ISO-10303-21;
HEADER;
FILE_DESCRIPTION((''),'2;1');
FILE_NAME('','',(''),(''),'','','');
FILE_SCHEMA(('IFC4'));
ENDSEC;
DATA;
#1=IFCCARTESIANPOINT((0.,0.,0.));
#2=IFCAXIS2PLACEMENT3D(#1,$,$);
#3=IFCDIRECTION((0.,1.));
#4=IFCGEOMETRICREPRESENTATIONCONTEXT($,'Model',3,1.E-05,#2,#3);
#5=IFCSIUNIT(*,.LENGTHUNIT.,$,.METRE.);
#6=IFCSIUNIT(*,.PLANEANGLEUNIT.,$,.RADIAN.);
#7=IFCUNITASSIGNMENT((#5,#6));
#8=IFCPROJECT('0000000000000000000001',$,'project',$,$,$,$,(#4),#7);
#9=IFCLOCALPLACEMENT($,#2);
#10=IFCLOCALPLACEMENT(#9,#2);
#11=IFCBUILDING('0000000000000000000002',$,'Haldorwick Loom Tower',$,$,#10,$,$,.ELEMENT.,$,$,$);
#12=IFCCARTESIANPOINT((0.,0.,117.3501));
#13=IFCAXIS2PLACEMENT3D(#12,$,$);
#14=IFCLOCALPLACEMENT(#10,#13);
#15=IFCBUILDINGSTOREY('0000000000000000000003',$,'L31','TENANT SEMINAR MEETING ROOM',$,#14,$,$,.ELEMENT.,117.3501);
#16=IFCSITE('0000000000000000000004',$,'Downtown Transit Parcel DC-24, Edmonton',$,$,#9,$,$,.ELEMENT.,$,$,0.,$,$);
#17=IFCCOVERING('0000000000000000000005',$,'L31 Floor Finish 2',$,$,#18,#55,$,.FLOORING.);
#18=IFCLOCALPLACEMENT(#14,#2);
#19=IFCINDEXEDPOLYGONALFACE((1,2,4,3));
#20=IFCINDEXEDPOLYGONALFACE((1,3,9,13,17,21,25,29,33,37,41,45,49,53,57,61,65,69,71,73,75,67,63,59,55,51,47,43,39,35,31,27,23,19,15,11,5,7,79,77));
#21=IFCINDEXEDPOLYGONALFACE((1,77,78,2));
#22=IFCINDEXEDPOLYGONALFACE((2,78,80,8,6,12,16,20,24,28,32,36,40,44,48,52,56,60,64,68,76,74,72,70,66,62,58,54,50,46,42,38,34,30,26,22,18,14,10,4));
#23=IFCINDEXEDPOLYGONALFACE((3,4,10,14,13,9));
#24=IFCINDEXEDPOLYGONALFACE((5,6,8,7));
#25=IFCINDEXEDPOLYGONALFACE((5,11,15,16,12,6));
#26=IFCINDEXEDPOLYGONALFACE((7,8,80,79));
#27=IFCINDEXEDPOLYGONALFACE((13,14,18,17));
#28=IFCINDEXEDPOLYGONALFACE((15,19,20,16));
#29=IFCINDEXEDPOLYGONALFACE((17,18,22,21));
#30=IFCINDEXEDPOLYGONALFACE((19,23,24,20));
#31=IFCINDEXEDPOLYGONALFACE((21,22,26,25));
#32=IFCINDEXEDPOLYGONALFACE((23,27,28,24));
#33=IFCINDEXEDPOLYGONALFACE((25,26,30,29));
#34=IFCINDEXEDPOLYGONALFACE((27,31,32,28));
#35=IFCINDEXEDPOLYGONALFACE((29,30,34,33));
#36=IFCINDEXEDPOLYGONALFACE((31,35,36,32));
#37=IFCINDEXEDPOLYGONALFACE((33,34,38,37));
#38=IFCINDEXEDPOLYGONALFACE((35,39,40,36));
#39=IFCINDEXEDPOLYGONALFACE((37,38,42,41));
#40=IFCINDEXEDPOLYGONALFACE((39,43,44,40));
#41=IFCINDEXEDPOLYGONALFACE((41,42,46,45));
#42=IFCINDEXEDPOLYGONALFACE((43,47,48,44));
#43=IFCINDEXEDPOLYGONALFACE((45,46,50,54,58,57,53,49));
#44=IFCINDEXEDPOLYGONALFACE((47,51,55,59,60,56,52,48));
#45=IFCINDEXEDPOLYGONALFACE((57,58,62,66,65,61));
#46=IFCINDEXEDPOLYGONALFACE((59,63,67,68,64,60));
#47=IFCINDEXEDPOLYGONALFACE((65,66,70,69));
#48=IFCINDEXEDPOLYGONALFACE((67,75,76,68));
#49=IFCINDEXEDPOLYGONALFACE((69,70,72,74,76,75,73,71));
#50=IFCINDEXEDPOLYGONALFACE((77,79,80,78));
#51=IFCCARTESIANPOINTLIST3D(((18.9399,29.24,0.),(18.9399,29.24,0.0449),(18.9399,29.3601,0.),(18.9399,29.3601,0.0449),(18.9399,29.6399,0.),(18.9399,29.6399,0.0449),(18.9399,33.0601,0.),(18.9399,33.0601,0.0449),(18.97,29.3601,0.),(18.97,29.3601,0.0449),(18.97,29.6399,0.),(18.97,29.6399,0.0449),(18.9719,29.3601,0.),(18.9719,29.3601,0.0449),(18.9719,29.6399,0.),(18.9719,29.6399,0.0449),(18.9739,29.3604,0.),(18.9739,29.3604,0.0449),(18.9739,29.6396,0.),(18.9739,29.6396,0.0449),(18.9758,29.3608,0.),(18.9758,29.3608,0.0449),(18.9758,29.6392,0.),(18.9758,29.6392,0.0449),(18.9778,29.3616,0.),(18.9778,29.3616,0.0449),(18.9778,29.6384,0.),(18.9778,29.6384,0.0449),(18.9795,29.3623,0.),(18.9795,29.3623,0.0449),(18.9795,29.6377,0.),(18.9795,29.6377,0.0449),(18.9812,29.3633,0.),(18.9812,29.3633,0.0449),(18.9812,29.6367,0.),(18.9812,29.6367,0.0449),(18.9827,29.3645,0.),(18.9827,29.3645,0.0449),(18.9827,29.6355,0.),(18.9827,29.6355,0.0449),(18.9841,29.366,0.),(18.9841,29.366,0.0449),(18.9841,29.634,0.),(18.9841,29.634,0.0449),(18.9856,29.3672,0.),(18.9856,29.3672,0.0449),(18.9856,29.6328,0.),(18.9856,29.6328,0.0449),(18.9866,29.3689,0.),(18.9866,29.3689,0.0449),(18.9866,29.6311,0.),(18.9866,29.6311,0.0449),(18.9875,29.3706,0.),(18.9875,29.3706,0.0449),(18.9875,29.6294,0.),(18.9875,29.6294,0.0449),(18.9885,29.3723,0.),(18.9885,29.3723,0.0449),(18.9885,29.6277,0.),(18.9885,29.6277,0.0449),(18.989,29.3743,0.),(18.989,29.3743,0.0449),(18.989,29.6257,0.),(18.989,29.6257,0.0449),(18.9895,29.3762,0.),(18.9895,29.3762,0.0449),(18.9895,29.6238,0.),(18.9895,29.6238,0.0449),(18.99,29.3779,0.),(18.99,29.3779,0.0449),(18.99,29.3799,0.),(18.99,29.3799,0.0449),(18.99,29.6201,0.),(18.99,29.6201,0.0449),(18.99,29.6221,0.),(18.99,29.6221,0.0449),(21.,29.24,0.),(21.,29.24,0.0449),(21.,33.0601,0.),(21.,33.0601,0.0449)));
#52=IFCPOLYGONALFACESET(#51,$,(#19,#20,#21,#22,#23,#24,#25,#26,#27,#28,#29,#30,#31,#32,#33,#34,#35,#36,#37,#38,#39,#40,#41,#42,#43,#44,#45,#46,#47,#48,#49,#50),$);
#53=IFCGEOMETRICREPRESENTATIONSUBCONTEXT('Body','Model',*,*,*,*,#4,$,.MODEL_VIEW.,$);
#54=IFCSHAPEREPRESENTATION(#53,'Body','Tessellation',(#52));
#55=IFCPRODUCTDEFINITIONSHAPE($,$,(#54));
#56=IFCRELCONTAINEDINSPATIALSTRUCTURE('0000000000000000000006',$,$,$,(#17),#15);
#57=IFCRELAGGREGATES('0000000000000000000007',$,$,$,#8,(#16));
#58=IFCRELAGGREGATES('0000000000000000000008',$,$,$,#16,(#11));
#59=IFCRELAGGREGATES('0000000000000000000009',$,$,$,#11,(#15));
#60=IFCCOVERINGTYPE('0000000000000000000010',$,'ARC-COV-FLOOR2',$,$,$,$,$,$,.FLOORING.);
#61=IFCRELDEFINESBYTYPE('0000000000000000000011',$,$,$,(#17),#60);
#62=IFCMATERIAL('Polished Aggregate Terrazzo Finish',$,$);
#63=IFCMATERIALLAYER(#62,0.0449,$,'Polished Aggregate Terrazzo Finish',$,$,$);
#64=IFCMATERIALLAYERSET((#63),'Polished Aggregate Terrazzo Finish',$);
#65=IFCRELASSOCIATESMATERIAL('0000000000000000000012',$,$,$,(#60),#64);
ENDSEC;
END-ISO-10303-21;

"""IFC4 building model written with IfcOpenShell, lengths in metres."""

from ifc_helpers import new_model, si_unit, direction, frame, origin, place, context, subcontext, project, spatial, polyline, outline, extrude, material, layer, layer_set, type_object, element, save


model = new_model("IFC4")

# Units and contexts
model_context = context("Model", 3, precision=1e-05, world=origin(), true_north=direction((0.0, 1.0)))
body_context = subcontext(model_context, "Body", "Model", "MODEL_VIEW")
ifc_project = project(units=[si_unit("LENGTHUNIT", "METRE"), si_unit("PLANEANGLEUNIT", "RADIAN")], contexts=[model_context])

# Site, building, storey
site_placement = place(None, origin())
site = spatial("IfcSite", under=ifc_project, at=site_placement, Name="Downtown Transit Parcel DC-24, Edmonton", CompositionType="ELEMENT", RefElevation=0.0)
building_placement = place(site_placement, origin())
building = spatial("IfcBuilding", under=site, at=building_placement, Name="Haldorwick Loom Tower", CompositionType="ELEMENT")
storey_placement = place(building_placement, frame((0.0, 0.0, 117.3501)))
storey = spatial("IfcBuildingStorey", under=building, at=storey_placement, Name="L31", Description="TENANT SEMINAR MEETING ROOM", CompositionType="ELEMENT", Elevation=117.3501)

# Covering
ifc_material_1 = material(Name="Polished Aggregate Terrazzo Finish")
ifc_layer_1 = layer(ifc_material_1, 0.0449, Name="Polished Aggregate Terrazzo Finish")
ifc_layer_set_1 = layer_set([ifc_layer_1], Name="Polished Aggregate Terrazzo Finish")
covering_type_1 = type_object("IfcCoveringType", Name="ARC-COV-FLOOR2", PredefinedType="FLOORING", material=ifc_layer_set_1)
covering_1_placement = place(storey_placement, origin())
element("IfcCovering", 1, at=covering_1_placement, inside=storey, type_object=covering_type_1, Name="L31 Floor Finish 2", PredefinedType="FLOORING", context=body_context, shape_type="SweptSolid", body=[
    extrude(outline(polyline([(18.97, 29.6399), (18.9719, 29.6399), (18.9739, 29.6396), (18.9758, 29.6392), (18.9778, 29.6384), (18.9795, 29.6377), (18.9812, 29.6367), (18.9827, 29.6355), (18.9841, 29.634), (18.9856, 29.6328), (18.9866, 29.6311), (18.9875, 29.6294), (18.9885, 29.6277), (18.989, 29.6257), (18.9895, 29.6238), (18.99, 29.6221), (18.99, 29.6201), (18.99, 29.3799), (18.99, 29.3779), (18.9895, 29.3762), (18.989, 29.3743), (18.9885, 29.3723), (18.9875, 29.3706), (18.9866, 29.3689), (18.9856, 29.3672), (18.9841, 29.366), (18.9827, 29.3645), (18.9812, 29.3633), (18.9795, 29.3623), (18.9778, 29.3616), (18.9758, 29.3608), (18.9739, 29.3604), (18.9719, 29.3601), (18.97, 29.3601), (18.9399, 29.3601), (18.9399, 29.24), (21.0, 29.24), (21.0, 33.0601), (18.9399, 33.0601), (18.9399, 29.6399), (18.97, 29.6399)])), origin(), (0.0, 0.0, 1.0), 0.0449),
])

save(model, "model.ifc")
